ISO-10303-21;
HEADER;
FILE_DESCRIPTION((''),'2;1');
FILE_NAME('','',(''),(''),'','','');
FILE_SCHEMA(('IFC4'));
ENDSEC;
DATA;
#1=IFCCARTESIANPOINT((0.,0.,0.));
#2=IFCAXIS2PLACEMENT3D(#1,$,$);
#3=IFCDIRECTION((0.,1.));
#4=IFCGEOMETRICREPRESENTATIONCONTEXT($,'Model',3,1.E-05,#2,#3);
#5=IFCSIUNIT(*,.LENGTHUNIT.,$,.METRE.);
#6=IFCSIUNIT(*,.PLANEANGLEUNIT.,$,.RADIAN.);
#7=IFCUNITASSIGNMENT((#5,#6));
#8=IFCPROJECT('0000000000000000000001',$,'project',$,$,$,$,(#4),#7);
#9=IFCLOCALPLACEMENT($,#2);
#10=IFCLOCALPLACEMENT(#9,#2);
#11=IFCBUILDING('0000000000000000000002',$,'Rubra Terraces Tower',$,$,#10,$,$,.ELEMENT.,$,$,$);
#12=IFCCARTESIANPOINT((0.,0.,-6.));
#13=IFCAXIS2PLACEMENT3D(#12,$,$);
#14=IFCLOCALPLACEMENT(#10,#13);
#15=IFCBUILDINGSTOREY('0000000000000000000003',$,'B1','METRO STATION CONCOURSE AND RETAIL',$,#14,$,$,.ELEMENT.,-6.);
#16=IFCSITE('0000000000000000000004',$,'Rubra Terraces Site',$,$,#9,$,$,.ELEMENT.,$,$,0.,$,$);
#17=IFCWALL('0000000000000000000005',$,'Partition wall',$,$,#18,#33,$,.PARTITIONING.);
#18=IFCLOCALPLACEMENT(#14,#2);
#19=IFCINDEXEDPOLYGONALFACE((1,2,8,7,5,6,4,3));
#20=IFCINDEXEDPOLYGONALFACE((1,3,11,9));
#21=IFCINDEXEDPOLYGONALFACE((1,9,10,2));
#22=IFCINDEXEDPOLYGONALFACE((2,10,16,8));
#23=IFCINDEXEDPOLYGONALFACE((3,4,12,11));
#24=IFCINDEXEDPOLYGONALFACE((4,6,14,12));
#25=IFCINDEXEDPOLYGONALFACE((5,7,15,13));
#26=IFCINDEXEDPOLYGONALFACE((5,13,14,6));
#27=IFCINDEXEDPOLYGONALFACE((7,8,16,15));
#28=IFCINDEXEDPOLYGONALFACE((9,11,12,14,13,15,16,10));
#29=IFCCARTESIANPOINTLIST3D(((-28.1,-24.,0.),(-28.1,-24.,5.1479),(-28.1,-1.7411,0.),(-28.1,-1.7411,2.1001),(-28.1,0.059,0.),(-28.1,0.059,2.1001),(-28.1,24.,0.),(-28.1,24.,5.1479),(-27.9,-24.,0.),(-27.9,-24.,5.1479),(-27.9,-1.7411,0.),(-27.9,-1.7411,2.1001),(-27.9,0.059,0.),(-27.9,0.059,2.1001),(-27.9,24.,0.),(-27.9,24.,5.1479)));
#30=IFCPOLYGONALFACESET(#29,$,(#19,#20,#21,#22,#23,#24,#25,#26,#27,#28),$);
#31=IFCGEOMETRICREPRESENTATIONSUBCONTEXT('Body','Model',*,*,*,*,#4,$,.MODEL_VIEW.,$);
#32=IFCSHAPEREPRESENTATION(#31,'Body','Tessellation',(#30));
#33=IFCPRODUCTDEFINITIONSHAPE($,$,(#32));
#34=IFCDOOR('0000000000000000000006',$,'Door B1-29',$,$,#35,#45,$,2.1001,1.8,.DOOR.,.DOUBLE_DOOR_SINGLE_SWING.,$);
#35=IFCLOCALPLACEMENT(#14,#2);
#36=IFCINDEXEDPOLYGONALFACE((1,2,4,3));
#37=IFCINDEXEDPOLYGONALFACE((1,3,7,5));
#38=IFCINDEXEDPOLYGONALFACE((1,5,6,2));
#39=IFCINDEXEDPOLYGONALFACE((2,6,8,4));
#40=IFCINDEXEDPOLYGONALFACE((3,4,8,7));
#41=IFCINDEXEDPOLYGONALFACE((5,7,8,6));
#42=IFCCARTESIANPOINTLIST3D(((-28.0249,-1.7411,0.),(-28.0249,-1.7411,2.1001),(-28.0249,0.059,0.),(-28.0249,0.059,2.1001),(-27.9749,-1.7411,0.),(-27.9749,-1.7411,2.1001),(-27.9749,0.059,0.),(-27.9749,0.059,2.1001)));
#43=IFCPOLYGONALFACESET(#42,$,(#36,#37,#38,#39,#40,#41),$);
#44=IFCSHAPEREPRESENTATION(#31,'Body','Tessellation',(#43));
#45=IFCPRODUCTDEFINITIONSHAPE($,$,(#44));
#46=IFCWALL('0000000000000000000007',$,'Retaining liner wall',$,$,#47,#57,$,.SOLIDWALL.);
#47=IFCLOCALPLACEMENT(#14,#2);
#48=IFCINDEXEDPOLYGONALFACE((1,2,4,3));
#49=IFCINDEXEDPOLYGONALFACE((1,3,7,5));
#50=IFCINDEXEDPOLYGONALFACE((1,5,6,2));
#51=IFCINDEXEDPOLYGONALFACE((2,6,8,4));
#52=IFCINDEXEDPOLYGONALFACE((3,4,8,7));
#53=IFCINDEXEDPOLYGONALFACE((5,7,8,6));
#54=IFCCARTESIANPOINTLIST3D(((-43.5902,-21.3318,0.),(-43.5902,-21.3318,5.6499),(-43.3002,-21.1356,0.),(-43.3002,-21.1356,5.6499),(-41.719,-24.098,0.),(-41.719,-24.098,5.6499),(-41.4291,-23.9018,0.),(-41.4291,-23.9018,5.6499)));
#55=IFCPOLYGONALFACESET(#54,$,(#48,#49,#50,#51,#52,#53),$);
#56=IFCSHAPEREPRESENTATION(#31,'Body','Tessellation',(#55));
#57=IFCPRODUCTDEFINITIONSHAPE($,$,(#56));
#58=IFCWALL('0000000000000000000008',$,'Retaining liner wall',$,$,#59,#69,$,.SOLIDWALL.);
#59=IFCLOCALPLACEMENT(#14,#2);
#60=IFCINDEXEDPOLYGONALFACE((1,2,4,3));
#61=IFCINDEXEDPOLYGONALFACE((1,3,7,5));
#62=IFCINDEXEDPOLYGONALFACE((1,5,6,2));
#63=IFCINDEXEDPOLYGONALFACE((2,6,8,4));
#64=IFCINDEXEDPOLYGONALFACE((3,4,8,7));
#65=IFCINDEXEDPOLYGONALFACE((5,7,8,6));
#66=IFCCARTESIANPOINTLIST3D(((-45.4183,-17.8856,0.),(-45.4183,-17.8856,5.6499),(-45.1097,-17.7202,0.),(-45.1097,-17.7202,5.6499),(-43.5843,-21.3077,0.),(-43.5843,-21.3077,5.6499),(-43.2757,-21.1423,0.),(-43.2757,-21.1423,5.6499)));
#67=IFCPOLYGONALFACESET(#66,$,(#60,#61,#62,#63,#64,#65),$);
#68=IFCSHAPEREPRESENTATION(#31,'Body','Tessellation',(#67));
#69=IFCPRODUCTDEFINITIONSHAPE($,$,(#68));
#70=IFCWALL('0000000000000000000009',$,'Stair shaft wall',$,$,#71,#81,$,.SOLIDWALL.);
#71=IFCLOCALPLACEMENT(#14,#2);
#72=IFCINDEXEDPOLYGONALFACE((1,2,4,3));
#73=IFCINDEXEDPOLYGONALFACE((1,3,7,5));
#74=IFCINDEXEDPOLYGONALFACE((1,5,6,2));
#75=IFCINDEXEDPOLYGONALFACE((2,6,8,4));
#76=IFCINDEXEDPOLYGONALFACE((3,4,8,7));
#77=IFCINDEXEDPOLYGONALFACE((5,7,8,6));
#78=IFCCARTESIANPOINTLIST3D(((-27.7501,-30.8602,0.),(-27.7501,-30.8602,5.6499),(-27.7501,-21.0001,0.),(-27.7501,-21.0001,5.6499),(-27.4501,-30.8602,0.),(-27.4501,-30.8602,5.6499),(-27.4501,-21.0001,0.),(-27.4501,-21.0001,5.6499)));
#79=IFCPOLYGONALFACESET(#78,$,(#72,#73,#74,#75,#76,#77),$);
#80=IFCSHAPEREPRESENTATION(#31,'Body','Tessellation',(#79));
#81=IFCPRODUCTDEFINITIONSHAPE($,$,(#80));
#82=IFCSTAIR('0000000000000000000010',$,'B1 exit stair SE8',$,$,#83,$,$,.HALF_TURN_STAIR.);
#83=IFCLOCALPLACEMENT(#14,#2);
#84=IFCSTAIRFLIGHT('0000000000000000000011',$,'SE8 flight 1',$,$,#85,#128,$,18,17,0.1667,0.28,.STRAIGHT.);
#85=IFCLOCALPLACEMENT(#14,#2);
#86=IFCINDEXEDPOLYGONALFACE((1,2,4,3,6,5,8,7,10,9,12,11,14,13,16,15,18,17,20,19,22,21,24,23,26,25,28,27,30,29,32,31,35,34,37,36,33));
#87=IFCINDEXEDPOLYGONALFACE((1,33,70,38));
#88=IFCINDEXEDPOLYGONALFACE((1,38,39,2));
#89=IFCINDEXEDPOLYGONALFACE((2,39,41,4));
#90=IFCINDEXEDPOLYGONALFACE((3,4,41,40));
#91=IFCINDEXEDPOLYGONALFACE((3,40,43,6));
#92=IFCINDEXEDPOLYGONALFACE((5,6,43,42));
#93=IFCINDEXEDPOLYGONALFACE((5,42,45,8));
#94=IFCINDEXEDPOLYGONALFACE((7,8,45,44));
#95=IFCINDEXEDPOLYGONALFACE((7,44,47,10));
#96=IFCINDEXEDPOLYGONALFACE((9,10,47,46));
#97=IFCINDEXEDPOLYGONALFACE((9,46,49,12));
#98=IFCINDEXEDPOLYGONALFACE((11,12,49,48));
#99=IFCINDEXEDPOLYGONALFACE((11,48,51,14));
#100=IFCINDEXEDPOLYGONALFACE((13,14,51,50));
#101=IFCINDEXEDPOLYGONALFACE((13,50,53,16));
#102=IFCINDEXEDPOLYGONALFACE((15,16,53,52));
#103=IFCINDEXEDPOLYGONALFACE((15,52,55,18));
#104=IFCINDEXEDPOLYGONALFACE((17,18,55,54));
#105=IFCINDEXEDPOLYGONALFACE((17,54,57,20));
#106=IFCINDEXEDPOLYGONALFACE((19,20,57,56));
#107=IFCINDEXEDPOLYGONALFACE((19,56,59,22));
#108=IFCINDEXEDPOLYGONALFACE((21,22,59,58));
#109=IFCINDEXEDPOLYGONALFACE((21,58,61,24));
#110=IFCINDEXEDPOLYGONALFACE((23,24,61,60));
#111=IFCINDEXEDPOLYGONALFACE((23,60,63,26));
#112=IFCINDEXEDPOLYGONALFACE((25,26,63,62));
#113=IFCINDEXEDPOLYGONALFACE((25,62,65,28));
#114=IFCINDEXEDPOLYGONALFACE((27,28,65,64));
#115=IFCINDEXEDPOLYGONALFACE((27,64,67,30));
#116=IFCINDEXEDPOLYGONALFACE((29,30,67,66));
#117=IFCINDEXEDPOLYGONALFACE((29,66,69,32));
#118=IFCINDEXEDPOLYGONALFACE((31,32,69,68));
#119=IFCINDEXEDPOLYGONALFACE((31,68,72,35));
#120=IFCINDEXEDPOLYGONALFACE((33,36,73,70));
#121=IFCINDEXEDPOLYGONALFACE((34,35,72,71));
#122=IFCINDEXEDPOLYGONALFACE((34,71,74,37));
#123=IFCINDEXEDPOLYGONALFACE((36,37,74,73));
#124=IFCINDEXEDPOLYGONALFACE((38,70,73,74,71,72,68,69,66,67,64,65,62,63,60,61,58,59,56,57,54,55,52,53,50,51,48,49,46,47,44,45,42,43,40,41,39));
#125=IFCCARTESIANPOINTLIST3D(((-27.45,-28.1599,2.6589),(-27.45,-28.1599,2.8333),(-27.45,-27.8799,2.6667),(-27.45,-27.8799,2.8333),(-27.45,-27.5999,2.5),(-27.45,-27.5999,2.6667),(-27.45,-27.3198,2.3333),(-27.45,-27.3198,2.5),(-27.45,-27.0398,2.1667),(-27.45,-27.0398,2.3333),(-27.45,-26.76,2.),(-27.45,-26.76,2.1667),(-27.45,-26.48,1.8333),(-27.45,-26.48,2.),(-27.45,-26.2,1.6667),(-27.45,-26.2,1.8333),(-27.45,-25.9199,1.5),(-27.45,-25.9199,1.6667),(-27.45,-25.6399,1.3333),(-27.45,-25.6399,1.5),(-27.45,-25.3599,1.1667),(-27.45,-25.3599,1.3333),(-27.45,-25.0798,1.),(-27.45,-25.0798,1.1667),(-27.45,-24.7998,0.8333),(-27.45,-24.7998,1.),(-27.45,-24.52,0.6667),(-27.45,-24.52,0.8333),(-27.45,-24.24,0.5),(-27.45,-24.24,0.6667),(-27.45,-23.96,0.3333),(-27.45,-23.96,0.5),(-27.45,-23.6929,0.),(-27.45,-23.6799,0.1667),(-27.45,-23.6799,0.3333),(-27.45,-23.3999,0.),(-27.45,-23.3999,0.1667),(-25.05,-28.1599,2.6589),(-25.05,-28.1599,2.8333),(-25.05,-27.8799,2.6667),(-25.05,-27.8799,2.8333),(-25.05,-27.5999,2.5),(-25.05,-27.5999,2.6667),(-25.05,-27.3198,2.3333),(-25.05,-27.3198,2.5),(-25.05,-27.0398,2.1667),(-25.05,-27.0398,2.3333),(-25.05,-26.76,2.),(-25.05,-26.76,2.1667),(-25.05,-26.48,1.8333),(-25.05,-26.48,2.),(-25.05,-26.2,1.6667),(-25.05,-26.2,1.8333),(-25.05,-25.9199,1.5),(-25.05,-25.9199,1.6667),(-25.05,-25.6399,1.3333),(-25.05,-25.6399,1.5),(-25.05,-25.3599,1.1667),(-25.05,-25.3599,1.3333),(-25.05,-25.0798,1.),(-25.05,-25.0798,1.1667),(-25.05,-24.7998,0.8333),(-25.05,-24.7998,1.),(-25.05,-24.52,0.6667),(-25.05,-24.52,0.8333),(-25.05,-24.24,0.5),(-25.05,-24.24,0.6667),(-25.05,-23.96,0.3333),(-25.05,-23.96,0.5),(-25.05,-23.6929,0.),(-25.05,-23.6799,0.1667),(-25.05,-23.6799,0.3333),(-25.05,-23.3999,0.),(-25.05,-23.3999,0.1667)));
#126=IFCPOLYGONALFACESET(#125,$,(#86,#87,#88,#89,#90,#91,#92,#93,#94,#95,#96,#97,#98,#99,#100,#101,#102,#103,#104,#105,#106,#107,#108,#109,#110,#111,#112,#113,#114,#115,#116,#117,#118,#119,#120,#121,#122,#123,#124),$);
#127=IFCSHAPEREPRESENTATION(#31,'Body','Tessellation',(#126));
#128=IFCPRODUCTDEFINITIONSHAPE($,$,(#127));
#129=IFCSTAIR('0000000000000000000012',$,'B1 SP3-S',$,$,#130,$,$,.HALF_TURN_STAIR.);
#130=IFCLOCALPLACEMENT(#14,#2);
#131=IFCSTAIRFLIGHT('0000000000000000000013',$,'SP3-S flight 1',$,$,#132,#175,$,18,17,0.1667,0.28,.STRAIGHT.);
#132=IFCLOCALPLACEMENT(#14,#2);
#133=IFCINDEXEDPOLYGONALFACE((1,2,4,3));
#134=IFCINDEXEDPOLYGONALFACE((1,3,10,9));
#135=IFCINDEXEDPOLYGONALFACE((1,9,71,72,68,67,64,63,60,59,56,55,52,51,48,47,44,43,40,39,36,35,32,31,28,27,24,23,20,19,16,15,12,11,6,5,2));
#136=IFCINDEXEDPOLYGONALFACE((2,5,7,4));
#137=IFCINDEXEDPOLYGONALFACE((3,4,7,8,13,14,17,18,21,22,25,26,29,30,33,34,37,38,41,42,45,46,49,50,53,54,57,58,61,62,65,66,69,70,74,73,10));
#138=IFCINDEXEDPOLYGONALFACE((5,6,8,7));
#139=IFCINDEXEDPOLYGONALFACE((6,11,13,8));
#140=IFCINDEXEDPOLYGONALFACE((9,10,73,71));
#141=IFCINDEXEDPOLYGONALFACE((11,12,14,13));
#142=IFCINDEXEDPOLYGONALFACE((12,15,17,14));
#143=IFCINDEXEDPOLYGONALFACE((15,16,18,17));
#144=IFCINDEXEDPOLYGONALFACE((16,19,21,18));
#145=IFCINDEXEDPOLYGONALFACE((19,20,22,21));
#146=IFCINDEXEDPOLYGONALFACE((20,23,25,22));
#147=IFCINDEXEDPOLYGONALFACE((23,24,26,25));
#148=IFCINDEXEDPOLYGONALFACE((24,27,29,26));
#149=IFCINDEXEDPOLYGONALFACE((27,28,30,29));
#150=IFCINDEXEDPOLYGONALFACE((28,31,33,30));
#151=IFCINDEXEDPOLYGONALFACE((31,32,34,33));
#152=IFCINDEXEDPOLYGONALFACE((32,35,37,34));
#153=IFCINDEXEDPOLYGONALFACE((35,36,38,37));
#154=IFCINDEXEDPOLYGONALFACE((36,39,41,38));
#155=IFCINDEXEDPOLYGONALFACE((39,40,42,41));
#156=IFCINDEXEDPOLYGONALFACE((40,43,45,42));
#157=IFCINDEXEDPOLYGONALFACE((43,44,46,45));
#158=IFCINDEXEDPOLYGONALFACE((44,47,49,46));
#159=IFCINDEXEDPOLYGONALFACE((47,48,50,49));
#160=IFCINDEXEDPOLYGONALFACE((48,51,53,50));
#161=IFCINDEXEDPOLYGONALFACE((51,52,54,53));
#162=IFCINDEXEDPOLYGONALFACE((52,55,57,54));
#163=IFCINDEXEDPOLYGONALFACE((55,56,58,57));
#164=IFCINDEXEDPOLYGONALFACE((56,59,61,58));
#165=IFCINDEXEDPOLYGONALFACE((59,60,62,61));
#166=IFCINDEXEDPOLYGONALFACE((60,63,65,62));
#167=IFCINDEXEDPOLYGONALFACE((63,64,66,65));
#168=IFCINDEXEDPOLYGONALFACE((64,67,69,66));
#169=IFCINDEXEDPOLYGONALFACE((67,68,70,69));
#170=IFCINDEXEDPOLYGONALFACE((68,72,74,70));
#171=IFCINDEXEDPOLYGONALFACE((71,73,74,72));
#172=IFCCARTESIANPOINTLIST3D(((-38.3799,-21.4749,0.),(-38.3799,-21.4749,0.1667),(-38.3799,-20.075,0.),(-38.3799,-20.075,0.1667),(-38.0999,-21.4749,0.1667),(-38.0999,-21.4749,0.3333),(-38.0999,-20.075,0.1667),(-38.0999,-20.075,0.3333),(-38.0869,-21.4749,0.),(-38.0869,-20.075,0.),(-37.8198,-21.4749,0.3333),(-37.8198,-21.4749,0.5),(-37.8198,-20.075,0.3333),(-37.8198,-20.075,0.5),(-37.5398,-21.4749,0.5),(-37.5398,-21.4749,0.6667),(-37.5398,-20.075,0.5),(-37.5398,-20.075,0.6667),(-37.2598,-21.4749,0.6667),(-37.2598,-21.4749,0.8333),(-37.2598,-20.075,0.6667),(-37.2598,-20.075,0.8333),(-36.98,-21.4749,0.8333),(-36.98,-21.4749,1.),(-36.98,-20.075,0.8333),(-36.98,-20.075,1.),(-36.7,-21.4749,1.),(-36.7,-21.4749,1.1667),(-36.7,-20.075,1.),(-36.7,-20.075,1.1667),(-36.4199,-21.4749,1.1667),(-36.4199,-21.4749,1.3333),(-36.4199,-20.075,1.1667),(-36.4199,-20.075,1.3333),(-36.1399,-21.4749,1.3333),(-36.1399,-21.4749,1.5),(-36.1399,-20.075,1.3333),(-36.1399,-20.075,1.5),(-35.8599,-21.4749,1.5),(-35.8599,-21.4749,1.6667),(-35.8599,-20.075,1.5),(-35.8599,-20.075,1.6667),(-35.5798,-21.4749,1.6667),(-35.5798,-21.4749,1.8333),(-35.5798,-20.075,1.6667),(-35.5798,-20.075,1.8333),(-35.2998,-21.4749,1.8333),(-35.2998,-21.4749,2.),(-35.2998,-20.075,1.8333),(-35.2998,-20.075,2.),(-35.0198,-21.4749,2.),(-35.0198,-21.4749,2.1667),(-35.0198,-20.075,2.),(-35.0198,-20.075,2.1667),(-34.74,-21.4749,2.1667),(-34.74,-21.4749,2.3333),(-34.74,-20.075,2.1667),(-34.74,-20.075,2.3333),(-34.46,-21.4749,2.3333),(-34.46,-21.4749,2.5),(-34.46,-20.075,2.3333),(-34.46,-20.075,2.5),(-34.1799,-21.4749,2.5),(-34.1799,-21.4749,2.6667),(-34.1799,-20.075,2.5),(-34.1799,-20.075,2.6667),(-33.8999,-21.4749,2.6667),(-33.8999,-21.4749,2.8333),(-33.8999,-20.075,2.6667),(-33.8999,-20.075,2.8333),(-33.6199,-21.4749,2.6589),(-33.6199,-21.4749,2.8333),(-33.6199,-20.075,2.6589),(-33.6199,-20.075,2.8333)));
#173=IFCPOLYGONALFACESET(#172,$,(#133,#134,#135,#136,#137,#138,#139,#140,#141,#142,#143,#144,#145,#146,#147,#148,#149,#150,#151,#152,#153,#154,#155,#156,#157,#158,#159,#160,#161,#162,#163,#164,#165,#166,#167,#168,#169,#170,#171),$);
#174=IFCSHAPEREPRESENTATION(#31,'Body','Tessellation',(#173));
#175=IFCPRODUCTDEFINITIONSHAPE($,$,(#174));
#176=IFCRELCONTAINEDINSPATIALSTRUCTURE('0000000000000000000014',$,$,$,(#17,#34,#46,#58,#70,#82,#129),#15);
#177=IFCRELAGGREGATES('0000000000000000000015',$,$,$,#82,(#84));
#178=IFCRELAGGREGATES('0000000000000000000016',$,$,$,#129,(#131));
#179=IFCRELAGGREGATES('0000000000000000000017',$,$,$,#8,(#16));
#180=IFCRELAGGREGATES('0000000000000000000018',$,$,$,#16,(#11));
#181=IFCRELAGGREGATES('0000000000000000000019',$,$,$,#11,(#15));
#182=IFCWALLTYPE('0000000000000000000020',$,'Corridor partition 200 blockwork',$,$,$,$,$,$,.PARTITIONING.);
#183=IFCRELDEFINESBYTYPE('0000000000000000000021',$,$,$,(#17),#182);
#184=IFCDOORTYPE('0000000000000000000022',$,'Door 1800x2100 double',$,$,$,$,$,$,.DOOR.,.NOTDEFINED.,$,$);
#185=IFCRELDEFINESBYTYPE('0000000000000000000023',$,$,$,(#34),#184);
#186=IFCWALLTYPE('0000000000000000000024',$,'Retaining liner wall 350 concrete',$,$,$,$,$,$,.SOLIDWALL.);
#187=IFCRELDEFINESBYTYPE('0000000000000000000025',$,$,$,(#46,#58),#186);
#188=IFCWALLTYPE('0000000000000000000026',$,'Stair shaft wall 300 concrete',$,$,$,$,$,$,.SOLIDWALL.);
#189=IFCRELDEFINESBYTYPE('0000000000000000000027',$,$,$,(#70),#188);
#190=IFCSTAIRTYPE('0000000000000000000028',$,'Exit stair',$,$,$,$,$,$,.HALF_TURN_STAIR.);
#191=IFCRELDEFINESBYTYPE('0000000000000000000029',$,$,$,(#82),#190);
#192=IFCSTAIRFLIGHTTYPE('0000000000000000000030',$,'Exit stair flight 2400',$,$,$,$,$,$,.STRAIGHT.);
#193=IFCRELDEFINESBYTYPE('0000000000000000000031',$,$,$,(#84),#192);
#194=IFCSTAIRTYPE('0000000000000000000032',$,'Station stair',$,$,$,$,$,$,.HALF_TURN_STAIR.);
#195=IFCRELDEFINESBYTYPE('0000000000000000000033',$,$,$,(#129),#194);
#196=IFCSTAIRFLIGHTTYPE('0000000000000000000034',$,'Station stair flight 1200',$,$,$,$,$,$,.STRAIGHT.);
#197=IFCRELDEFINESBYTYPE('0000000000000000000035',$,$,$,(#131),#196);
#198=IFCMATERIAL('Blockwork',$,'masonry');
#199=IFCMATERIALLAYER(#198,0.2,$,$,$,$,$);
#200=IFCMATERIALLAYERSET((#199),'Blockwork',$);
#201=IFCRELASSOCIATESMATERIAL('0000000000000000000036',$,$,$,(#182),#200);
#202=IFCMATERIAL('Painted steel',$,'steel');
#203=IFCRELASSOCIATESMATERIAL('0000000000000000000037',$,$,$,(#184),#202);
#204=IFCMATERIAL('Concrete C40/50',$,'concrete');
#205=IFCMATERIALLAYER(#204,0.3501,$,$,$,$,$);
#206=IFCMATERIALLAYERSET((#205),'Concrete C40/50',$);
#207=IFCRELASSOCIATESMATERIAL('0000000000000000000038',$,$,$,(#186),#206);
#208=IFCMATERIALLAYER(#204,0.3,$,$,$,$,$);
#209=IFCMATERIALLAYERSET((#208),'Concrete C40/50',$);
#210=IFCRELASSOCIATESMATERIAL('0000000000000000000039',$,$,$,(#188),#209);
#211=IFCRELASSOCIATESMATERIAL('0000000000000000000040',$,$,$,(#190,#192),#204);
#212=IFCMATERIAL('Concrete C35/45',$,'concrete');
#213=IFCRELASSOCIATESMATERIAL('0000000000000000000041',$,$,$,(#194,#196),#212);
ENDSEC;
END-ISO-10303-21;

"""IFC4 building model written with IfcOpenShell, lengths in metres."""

from ifc_helpers import new_model, si_unit, direction, frame, frame_2d, origin, place, context, subcontext, project, spatial, polyline, rectangle, outline, extrude, material, layer, layer_set, type_object, element, fill, aggregate, save


model = new_model("IFC4")

# Units and contexts
model_context = context("Model", 3, precision=1e-05, world=origin(), true_north=direction((0.0, 1.0)))
body_context = subcontext(model_context, "Body", "Model", "MODEL_VIEW")
ifc_project = project(units=[si_unit("LENGTHUNIT", "METRE"), si_unit("PLANEANGLEUNIT", "RADIAN")], contexts=[model_context])

# Site, building, storey
site_placement = place(None, origin())
site = spatial("IfcSite", under=ifc_project, at=site_placement, Name="Rubra Terraces Site", CompositionType="ELEMENT", RefElevation=0.0)
building_placement = place(site_placement, origin())
building = spatial("IfcBuilding", under=site, at=building_placement, Name="Rubra Terraces Tower", CompositionType="ELEMENT")
storey_placement = place(building_placement, frame((0.0, 0.0, -6.0)))
storey = spatial("IfcBuildingStorey", under=building, at=storey_placement, Name="B1", Description="METRO STATION CONCOURSE AND RETAIL", CompositionType="ELEMENT", Elevation=-6.0)

# Shared definitions
ifc_material_1 = material(Name="Concrete C40/50", Category="concrete")

# Wall, opening, door
ifc_material_2 = material(Name="Blockwork", Category="masonry")
ifc_layer_1 = layer(ifc_material_2, 0.2)
ifc_layer_set_1 = layer_set([ifc_layer_1], Name="Blockwork")
wall_type_1 = type_object("IfcWallType", Name="Corridor partition 200 blockwork", PredefinedType="PARTITIONING", material=ifc_layer_set_1)
wall_1_placement = place(storey_placement, frame((-28.0, -24.0, 0.0), z_axis=(0.0, 0.0, 1.0), x_axis=(0.0, 1.0, 0.0)))
wall_1 = element("IfcWall", 1, at=wall_1_placement, inside=storey, type_object=wall_type_1, Name="Partition wall", PredefinedType="PARTITIONING", context=body_context, shape_type="SweptSolid", body=[
    extrude(rectangle(XDim=48.0, YDim=0.2, at=frame_2d((24.0, 0.0))), origin(), (0.0, 0.0, 1.0), 5.1479),
])
opening_placement = place(wall_1_placement, frame((22.259, 0.0, 0.0)))
opening = element("IfcOpeningElement", 2, at=opening_placement, cuts=wall_1, PredefinedType="OPENING", context=body_context, shape_type="SweptSolid", body=[
    extrude(rectangle(XDim=1.8, YDim=2.1001, at=frame_2d((0.8999, 1.05))), frame((0.0, 0.1099, 0.0), z_axis=(0.0, -1.0, 0.0), x_axis=(1.0, 0.0, 0.0)), (0.0, 0.0, 1.0), 0.22),
])
ifc_material_3 = material(Name="Painted steel", Category="steel")
door_type = type_object("IfcDoorType", Name="Door 1800x2100 double", OperationType="NOTDEFINED", PredefinedType="DOOR", material=ifc_material_3)
door_placement = place(opening_placement, origin())
door = element("IfcDoor", 3, at=door_placement, inside=storey, type_object=door_type, Name="Door B1-29", OperationType="DOUBLE_DOOR_SINGLE_SWING", OverallHeight=2.1001, OverallWidth=1.8, PredefinedType="DOOR", context=body_context, shape_type="SweptSolid", body=[
    extrude(rectangle(XDim=1.8, YDim=2.1001, at=frame_2d((0.8999, 1.05))), frame((0.0, 0.0249, 0.0), z_axis=(0.0, -1.0, 0.0), x_axis=(1.0, 0.0, 0.0)), (0.0, 0.0, 1.0), 0.05),
])
fill(opening, door)

# Walls
ifc_layer_2 = layer(ifc_material_1, 0.3501)
ifc_layer_set_2 = layer_set([ifc_layer_2], Name="Concrete C40/50")
wall_type_2 = type_object("IfcWallType", Name="Retaining liner wall 350 concrete", PredefinedType="SOLIDWALL", material=ifc_layer_set_2)
wall_2_placement = place(storey_placement, frame((-41.574, -24.0, 0.0), z_axis=(0.0, 0.0, 1.0), x_axis=(-0.560289, 0.828297, 0.0)))
element("IfcWall", 4, at=wall_2_placement, inside=storey, type_object=wall_type_2, Name="Retaining liner wall", PredefinedType="SOLIDWALL", context=body_context, shape_type="SweptSolid", body=[
    extrude(rectangle(XDim=3.3396, YDim=0.3501, at=frame_2d((1.6699, 0.0))), origin(), (0.0, 0.0, 1.0), 5.6499),
])
wall_3_placement = place(storey_placement, frame((-43.4299, -21.2251, 0.0), z_axis=(0.0, 0.0, 1.0), x_axis=(-0.472363, 0.881404, 0.0)))
element("IfcWall", 5, at=wall_3_placement, inside=storey, type_object=wall_type_2, Name="Retaining liner wall", PredefinedType="SOLIDWALL", context=body_context, shape_type="SweptSolid", body=[
    extrude(rectangle(XDim=3.8826, YDim=0.3501, at=frame_2d((1.9414, 0.0))), origin(), (0.0, 0.0, 1.0), 5.6499),
])
ifc_layer_3 = layer(ifc_material_1, 0.3)
ifc_layer_set_3 = layer_set([ifc_layer_3], Name="Concrete C40/50")
wall_type_3 = type_object("IfcWallType", Name="Stair shaft wall 300 concrete", PredefinedType="SOLIDWALL", material=ifc_layer_set_3)
wall_4_placement = place(storey_placement, frame((-27.6001, -21.0, 0.0), z_axis=(0.0, 0.0, 1.0), x_axis=(0.0, -1.0, 0.0)))
element("IfcWall", 6, at=wall_4_placement, inside=storey, type_object=wall_type_3, Name="Stair shaft wall", PredefinedType="SOLIDWALL", context=body_context, shape_type="SweptSolid", body=[
    extrude(rectangle(XDim=9.8601, YDim=0.3, at=frame_2d((4.9302, 0.0))), origin(), (0.0, 0.0, 1.0), 5.6499),
])

# Stair, stair flight
stair_type_1 = type_object("IfcStairType", Name="Exit stair", PredefinedType="HALF_TURN_STAIR", material=ifc_material_1)
stair_1_placement = place(storey_placement, origin())
stair_1 = element("IfcStair", 7, at=stair_1_placement, inside=storey, type_object=stair_type_1, Name="B1 exit stair SE8", PredefinedType="HALF_TURN_STAIR")
stair_flight_type_1 = type_object("IfcStairFlightType", Name="Exit stair flight 2400", PredefinedType="STRAIGHT", material=ifc_material_1)
stair_flight_1_placement = place(storey_placement, frame((-26.25, -23.3999, 0.0), z_axis=(0.0, 0.0, 1.0), x_axis=(0.0, -1.0, 0.0)))
stair_flight_1 = element("IfcStairFlight", 8, at=stair_flight_1_placement, type_object=stair_flight_type_1, Name="SE8 flight 1", NumberOfRisers=18, NumberOfTreads=17, PredefinedType="STRAIGHT", RiserHeight=0.1667, TreadLength=0.28, context=body_context, shape_type="SweptSolid", body=[
    extrude(outline(polyline([(0.0, 0.0), (0.0, 0.1667), (0.28, 0.1667), (0.28, 0.3333), (0.5601, 0.3333), (0.5601, 0.5), (0.8401, 0.5), (0.8401, 0.6667), (1.1201, 0.6667), (1.1201, 0.8333), (1.3999, 0.8333), (1.3999, 1.0), (1.6799, 1.0), (1.6799, 1.1667), (1.96, 1.1667), (1.96, 1.3333), (2.24, 1.3333), (2.24, 1.5), (2.52, 1.5), (2.52, 1.6667), (2.8, 1.6667), (2.8, 1.8333), (3.0801, 1.8333), (3.0801, 2.0), (3.3601, 2.0), (3.3601, 2.1667), (3.6399, 2.1667), (3.6399, 2.3333), (3.9199, 2.3333), (3.9199, 2.5), (4.2, 2.5), (4.2, 2.6667), (4.48, 2.6667), (4.48, 2.8333), (4.76, 2.8333), (4.76, 3.0), (4.76, 2.6589), (0.293, 0.0), (0.0, 0.0)])), frame((0.0, 1.2, 0.0), z_axis=(0.0, -1.0, 0.0), x_axis=(1.0, 0.0, 0.0)), (0.0, 0.0, 1.0), 2.3999),
])
aggregate(stair_1, [stair_flight_1])

# Stair, stair flight
ifc_material_4 = material(Name="Concrete C35/45", Category="concrete")
stair_type_2 = type_object("IfcStairType", Name="Station stair", PredefinedType="HALF_TURN_STAIR", material=ifc_material_4)
stair_2_placement = place(storey_placement, origin())
stair_2 = element("IfcStair", 9, at=stair_2_placement, inside=storey, type_object=stair_type_2, Name="B1 SP3-S", PredefinedType="HALF_TURN_STAIR")
stair_flight_type_2 = type_object("IfcStairFlightType", Name="Station stair flight 1200", PredefinedType="STRAIGHT", material=ifc_material_4)
stair_flight_2_placement = place(storey_placement, frame((-38.3799, -20.7749, 0.0), z_axis=(0.0, 0.0, 1.0), x_axis=(1.0, 0.0, 0.0)))
stair_flight_2 = element("IfcStairFlight", 10, at=stair_flight_2_placement, type_object=stair_flight_type_2, Name="SP3-S flight 1", NumberOfRisers=18, NumberOfTreads=17, PredefinedType="STRAIGHT", RiserHeight=0.1667, TreadLength=0.28, context=body_context, shape_type="SweptSolid", body=[
    extrude(outline(polyline([(0.0, 0.0), (0.0, 0.1667), (0.28, 0.1667), (0.28, 0.3333), (0.5601, 0.3333), (0.5601, 0.5), (0.8401, 0.5), (0.8401, 0.6667), (1.1201, 0.6667), (1.1201, 0.8333), (1.3999, 0.8333), (1.3999, 1.0), (1.6799, 1.0), (1.6799, 1.1667), (1.96, 1.1667), (1.96, 1.3333), (2.24, 1.3333), (2.24, 1.5), (2.52, 1.5), (2.52, 1.6667), (2.8, 1.6667), (2.8, 1.8333), (3.0801, 1.8333), (3.0801, 2.0), (3.3601, 2.0), (3.3601, 2.1667), (3.6399, 2.1667), (3.6399, 2.3333), (3.9199, 2.3333), (3.9199, 2.5), (4.2, 2.5), (4.2, 2.6667), (4.48, 2.6667), (4.48, 2.8333), (4.76, 2.8333), (4.76, 3.0), (4.76, 2.6589), (0.293, 0.0), (0.0, 0.0)])), frame((0.0, 0.7, 0.0), z_axis=(0.0, -1.0, 0.0), x_axis=(1.0, 0.0, 0.0)), (0.0, 0.0, 1.0), 1.3999),
])
aggregate(stair_2, [stair_flight_2])

save(model, "model.ifc")
